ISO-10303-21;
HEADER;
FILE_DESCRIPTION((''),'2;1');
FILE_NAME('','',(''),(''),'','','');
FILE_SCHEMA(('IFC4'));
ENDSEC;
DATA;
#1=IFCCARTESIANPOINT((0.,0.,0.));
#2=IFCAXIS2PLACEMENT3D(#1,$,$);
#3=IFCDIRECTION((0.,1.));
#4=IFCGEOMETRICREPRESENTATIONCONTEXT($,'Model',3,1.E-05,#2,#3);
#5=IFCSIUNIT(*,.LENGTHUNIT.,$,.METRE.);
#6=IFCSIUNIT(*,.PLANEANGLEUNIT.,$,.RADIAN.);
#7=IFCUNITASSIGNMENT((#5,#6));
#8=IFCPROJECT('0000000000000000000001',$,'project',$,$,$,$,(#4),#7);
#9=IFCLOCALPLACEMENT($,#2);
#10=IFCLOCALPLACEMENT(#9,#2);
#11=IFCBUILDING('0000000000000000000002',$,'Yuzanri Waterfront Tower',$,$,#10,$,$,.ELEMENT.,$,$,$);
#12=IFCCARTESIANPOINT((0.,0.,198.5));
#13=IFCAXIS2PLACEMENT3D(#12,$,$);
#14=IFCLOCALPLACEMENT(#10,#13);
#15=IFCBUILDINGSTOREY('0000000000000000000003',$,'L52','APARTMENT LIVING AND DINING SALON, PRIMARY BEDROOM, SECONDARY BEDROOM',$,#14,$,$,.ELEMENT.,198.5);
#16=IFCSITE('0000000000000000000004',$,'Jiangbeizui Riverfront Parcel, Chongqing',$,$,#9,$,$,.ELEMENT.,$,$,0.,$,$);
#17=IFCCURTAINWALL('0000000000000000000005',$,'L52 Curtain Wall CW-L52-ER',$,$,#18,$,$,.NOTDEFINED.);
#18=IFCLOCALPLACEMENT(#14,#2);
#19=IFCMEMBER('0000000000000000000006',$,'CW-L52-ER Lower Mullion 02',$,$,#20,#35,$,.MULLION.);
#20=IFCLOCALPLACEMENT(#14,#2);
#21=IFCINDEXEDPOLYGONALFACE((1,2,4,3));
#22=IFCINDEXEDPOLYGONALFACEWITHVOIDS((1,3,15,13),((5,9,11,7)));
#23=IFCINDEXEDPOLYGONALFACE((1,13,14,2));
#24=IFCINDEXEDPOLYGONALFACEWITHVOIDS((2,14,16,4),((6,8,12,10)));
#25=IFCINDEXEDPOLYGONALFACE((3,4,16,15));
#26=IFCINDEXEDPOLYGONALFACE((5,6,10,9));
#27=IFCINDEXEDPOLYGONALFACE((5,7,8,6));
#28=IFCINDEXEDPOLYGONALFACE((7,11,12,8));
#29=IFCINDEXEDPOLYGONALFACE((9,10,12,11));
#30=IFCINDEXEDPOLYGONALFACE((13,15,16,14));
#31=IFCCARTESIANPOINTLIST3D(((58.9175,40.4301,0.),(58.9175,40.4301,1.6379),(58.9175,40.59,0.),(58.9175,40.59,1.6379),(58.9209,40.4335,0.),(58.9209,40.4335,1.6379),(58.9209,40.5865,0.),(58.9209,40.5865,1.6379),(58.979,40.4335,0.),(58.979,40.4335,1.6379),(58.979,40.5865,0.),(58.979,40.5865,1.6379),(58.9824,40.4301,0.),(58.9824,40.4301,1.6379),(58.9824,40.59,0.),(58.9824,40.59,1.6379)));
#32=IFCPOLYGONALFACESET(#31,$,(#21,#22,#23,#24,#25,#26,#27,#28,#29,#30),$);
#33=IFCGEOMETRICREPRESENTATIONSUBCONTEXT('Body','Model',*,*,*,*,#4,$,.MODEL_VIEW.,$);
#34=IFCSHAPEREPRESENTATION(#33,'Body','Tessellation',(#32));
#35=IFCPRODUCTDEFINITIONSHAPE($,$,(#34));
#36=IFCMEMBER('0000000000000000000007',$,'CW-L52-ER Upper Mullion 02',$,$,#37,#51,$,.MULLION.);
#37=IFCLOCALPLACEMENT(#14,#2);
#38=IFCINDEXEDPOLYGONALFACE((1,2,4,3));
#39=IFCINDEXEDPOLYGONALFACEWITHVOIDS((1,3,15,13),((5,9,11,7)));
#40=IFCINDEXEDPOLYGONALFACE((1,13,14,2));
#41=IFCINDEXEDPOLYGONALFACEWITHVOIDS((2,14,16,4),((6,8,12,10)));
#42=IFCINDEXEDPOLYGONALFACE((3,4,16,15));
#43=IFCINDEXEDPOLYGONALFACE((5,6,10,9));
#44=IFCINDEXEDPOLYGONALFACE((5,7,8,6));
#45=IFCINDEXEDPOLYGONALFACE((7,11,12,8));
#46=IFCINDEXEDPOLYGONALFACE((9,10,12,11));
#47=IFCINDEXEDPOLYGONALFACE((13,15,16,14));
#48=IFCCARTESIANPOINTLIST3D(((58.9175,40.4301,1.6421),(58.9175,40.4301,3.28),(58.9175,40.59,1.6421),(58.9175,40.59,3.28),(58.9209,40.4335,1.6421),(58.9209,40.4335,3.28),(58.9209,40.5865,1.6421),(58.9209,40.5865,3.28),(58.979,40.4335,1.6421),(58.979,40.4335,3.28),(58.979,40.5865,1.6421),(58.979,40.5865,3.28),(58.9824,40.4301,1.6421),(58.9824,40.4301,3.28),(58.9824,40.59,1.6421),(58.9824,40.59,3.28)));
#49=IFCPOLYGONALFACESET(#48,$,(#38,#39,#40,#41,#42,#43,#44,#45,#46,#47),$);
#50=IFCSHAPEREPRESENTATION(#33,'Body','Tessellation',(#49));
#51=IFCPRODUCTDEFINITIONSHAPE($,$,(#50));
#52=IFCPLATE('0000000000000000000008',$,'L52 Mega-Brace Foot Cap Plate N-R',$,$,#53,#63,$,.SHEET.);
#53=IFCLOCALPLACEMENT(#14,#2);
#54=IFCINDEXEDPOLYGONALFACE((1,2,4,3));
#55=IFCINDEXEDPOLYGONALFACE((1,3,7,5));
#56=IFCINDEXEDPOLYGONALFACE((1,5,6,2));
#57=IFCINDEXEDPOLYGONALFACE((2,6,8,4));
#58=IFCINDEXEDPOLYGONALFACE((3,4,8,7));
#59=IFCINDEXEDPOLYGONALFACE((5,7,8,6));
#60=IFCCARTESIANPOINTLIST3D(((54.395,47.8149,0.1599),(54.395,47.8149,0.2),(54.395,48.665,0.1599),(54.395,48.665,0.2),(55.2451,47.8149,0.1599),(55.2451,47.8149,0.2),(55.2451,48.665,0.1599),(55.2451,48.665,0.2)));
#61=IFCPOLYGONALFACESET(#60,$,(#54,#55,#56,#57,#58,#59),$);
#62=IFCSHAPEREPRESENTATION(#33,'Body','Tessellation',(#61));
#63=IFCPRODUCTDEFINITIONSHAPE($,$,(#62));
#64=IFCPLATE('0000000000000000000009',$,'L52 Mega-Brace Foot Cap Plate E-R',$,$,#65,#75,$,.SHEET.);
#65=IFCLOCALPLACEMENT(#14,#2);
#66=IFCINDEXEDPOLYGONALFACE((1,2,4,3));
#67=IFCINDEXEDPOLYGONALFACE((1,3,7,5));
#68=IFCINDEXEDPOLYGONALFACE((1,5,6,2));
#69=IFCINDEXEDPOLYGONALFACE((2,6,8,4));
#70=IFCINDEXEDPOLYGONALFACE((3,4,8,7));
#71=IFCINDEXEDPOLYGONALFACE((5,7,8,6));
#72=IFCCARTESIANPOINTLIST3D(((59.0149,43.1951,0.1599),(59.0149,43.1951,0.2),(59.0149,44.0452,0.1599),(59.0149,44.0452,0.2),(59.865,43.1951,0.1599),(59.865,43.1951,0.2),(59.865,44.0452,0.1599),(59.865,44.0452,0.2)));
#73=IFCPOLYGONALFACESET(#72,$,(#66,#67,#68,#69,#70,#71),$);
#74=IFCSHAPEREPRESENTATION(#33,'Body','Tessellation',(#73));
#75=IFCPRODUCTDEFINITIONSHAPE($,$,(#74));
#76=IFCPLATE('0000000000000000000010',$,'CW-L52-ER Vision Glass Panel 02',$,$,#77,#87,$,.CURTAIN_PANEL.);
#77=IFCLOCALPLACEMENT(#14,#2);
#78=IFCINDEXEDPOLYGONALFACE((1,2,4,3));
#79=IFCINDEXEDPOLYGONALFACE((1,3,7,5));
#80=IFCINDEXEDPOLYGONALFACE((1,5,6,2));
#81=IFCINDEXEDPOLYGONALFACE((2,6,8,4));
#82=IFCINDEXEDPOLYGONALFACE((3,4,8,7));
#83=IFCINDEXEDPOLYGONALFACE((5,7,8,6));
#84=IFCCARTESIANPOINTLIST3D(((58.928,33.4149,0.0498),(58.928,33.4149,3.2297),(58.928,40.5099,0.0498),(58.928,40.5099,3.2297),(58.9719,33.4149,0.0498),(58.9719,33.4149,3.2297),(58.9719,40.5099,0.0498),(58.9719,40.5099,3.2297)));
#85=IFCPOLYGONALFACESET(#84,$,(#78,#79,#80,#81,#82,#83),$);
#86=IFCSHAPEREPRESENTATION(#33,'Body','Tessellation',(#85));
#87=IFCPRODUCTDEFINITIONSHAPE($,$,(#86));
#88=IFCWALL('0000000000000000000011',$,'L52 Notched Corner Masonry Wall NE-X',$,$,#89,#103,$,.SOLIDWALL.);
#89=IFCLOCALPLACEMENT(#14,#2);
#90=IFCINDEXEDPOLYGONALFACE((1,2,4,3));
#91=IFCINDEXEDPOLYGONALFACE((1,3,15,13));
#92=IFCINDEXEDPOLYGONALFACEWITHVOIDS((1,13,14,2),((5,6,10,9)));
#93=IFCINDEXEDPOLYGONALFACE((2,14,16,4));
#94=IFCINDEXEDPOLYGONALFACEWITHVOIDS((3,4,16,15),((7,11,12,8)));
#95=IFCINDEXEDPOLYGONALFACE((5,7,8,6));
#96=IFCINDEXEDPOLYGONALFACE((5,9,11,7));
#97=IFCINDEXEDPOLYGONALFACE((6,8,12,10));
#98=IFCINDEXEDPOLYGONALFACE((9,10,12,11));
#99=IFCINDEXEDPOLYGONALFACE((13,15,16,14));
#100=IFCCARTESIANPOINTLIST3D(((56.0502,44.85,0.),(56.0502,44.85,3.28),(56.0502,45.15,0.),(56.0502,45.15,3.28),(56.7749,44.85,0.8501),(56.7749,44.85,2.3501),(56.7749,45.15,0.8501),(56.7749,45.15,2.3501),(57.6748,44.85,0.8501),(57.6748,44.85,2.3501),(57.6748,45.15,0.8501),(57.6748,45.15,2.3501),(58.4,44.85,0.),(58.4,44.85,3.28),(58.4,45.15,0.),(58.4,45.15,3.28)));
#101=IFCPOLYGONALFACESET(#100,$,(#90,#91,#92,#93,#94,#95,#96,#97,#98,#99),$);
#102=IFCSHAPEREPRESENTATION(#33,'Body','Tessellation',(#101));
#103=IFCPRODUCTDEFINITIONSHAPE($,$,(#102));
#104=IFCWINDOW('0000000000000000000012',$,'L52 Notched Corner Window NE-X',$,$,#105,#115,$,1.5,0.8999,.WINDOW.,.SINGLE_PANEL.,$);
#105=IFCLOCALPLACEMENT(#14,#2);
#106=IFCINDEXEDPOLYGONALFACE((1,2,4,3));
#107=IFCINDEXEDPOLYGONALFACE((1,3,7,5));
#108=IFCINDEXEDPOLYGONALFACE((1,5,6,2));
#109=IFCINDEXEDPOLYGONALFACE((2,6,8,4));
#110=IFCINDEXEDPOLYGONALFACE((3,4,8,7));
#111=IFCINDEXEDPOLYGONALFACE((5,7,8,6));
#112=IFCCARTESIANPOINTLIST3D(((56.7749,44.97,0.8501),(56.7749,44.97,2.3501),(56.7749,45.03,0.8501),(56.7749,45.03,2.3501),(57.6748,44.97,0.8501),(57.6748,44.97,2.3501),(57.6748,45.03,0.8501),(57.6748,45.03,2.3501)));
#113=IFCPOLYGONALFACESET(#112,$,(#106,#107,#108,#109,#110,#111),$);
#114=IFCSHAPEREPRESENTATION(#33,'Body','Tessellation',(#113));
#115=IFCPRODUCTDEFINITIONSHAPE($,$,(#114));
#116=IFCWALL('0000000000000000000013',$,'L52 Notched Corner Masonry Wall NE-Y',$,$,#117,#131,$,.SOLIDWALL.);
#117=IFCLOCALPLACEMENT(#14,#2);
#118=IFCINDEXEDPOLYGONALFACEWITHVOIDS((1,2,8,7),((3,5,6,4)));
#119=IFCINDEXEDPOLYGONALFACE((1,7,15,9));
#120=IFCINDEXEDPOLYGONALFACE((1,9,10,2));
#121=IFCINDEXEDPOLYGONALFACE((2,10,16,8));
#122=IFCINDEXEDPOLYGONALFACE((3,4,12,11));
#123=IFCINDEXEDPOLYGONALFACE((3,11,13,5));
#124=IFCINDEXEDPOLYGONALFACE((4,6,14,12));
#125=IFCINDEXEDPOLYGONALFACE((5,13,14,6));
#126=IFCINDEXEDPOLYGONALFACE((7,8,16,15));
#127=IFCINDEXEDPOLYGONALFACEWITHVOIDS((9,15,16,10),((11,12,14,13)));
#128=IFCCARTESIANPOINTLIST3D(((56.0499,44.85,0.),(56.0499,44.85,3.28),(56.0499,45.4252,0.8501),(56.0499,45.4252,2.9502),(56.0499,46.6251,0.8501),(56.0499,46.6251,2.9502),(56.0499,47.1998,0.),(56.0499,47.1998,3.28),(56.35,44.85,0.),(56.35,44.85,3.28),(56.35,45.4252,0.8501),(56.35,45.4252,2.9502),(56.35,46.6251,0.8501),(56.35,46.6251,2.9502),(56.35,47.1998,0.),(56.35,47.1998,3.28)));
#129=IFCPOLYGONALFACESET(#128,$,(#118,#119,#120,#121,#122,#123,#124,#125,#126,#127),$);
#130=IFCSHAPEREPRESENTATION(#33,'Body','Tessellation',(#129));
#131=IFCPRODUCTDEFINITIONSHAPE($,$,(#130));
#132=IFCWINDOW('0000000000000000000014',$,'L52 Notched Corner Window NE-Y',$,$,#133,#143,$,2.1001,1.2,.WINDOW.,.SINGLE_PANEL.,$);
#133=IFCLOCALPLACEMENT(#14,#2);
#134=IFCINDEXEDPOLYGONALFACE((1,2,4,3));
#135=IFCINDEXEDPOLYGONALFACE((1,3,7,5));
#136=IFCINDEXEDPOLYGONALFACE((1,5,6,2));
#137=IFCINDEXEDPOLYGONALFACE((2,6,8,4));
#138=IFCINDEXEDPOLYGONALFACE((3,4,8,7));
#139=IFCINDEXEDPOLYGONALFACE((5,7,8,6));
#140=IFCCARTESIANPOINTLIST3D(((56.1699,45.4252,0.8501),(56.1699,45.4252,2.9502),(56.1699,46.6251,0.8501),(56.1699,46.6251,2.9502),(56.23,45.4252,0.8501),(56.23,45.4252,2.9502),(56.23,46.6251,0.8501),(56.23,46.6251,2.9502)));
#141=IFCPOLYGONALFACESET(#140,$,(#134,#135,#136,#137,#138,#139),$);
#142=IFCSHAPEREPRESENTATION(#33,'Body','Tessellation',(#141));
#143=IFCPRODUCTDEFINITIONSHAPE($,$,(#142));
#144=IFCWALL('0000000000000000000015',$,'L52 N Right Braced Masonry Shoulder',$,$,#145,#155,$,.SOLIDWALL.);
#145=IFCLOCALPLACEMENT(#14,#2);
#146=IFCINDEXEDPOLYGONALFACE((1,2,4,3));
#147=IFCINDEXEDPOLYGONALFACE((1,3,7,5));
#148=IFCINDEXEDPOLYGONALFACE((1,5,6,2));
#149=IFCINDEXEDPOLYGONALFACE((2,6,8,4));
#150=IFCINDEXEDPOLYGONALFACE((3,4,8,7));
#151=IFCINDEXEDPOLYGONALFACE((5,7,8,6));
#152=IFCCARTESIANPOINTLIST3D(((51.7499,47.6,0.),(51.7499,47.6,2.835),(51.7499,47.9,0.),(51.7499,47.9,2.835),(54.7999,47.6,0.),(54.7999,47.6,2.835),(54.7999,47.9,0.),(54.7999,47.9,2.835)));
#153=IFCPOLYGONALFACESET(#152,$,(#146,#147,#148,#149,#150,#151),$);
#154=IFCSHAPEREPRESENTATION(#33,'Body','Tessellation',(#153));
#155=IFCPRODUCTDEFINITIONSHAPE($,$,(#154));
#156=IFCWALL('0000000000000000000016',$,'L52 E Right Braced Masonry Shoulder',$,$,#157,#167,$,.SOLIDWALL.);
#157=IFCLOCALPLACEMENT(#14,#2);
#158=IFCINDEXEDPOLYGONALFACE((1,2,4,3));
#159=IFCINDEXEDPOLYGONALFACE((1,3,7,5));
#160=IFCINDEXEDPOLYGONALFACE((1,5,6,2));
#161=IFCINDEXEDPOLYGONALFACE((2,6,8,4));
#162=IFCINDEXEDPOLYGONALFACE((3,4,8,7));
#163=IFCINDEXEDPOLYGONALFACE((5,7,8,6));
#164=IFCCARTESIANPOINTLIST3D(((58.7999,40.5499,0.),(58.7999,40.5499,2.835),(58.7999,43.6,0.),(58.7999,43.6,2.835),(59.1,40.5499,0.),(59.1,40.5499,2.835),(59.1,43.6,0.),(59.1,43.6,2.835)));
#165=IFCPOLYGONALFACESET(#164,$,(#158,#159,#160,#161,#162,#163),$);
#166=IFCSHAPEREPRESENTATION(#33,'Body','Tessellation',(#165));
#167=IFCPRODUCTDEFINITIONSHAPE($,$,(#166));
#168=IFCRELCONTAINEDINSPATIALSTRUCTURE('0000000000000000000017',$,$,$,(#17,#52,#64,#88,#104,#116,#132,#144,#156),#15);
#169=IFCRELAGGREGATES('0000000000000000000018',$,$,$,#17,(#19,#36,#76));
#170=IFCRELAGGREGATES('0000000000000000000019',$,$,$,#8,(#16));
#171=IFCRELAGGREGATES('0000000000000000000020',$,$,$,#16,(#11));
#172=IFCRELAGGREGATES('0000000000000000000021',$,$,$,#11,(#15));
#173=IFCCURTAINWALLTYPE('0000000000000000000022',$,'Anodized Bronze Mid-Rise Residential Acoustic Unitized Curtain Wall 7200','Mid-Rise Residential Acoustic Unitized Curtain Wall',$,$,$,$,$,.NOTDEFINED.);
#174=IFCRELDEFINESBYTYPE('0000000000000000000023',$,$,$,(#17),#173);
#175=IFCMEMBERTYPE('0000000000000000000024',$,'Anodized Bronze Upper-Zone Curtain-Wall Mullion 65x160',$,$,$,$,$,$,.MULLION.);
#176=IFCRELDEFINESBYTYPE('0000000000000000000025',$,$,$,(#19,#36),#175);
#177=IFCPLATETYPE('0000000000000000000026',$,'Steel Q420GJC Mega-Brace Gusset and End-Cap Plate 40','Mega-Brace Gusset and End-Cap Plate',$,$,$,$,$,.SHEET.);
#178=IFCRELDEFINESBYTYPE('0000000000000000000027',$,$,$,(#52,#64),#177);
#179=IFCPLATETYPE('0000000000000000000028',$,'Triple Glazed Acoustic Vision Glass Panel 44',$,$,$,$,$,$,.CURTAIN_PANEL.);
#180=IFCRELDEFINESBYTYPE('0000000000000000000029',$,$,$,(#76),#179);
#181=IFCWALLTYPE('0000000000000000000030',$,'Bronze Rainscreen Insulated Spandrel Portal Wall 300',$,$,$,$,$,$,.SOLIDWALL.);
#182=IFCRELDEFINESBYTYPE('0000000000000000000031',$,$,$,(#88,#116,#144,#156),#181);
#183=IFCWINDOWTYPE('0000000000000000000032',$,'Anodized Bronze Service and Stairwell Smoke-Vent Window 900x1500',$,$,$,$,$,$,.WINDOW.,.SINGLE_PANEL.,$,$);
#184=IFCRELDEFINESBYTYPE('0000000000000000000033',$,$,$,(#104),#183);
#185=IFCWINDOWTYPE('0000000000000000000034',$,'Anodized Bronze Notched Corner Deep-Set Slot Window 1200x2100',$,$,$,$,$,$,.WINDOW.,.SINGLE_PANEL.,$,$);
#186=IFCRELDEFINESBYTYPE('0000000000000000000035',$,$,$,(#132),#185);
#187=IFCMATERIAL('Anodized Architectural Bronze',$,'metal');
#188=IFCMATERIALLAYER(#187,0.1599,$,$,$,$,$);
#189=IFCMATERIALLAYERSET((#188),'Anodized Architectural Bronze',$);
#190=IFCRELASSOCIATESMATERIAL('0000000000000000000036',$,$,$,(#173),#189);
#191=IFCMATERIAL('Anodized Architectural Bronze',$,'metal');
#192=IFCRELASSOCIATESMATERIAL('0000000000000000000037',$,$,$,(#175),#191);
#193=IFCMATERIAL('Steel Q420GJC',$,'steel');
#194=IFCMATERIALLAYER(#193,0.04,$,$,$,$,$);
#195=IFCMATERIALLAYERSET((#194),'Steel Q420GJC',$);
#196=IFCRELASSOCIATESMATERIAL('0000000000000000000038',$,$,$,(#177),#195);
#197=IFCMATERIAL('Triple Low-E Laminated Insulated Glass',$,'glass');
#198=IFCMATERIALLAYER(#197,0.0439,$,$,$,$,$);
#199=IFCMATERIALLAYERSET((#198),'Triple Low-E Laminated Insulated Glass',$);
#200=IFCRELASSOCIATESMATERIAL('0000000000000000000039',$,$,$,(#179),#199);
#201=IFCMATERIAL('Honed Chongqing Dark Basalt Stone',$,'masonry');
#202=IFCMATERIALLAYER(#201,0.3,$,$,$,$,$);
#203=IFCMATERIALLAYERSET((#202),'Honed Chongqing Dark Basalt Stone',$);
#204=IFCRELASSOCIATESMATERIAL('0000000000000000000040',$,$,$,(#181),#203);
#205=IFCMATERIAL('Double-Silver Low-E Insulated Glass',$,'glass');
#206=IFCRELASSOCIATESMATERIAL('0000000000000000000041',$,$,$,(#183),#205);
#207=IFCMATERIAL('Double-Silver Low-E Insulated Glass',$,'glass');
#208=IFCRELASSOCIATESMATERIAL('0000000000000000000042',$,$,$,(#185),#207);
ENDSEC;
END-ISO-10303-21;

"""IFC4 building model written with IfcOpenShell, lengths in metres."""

from ifc_helpers import new_model, si_unit, direction, frame, frame_2d, origin, origin_2d, place, context, subcontext, project, spatial, rectangle, hollow_rectangle, extrude, source, transform, mapped, material, layer, layer_set, material_profile, profile_set, type_object, element, fill, aggregate, save


model = new_model("IFC4")

# Units and contexts
model_context = context("Model", 3, precision=1e-05, world=origin(), true_north=direction((0.0, 1.0)))
body_context = subcontext(model_context, "Body", "Model", "MODEL_VIEW")
ifc_project = project(units=[si_unit("LENGTHUNIT", "METRE"), si_unit("PLANEANGLEUNIT", "RADIAN")], contexts=[model_context])

# Site, building, storey
site_placement = place(None, origin())
site = spatial("IfcSite", under=ifc_project, at=site_placement, Name="Jiangbeizui Riverfront Parcel, Chongqing", CompositionType="ELEMENT", RefElevation=0.0)
building_placement = place(site_placement, origin())
building = spatial("IfcBuilding", under=site, at=building_placement, Name="Yuzanri Waterfront Tower", CompositionType="ELEMENT")
storey_placement = place(building_placement, frame((0.0, 0.0, 198.5)))
storey = spatial("IfcBuildingStorey", under=building, at=storey_placement, Name="L52", Description="APARTMENT LIVING AND DINING SALON, PRIMARY BEDROOM, SECONDARY BEDROOM", CompositionType="ELEMENT", Elevation=198.5)

# Curtain wall, members
ifc_material_1 = material(Name="Anodized Architectural Bronze", Category="metal")
ifc_layer_1 = layer(ifc_material_1, 0.1599)
ifc_layer_set_1 = layer_set([ifc_layer_1], Name="Anodized Architectural Bronze")
curtain_wall_type = type_object("IfcCurtainWallType", Name="Anodized Bronze Mid-Rise Residential Acoustic Unitized Curtain Wall 7200", Description="Mid-Rise Residential Acoustic Unitized Curtain Wall", PredefinedType="NOTDEFINED", material=ifc_layer_set_1)
ifc_material_2 = material(Name="Anodized Architectural Bronze", Category="metal")
ifc_material_profile_1 = material_profile(ifc_material_2, hollow_rectangle(XDim=0.0649, YDim=0.1599, WallThickness=0.0034, at=origin_2d()), Name="CWM 65x160")
ifc_profile_set_1 = profile_set([ifc_material_profile_1], Name="Anodized Architectural Bronze")
member_type_1 = type_object("IfcMemberType", Name="Anodized Bronze Upper-Zone Curtain-Wall Mullion 65x160", PredefinedType="MULLION", material=ifc_profile_set_1)
shared_shape_1 = source(origin(), body_context, "Body", "SweptSolid", [
    extrude(hollow_rectangle(XDim=0.0649, YDim=0.1599, WallThickness=0.0034, at=origin_2d()), origin(), (0.0, 0.0, 1.0), 1.6379),
])
curtain_wall_1_placement = place(storey_placement, origin())
curtain_wall_1 = element("IfcCurtainWall", 1, at=curtain_wall_1_placement, inside=storey, type_object=curtain_wall_type, Name="L52 Curtain Wall CW-L52-ER", PredefinedType="NOTDEFINED")
member_1_placement = place(storey_placement, frame((58.95, 40.51, 0.0), z_axis=(0.0, 0.0, 1.0), x_axis=(1.0, 0.0, 0.0)))
member_1 = element("IfcMember", 2, at=member_1_placement, type_object=member_type_1, Name="CW-L52-ER Lower Mullion 02", PredefinedType="MULLION", context=body_context, shape_type="MappedRepresentation", body=[
    mapped(shared_shape_1, transform((0.0, 0.0, 0.0), scale=1.0)),
])
member_2_placement = place(storey_placement, frame((58.95, 40.51, 1.6421), z_axis=(0.0, 0.0, 1.0), x_axis=(1.0, 0.0, 0.0)))
member_2 = element("IfcMember", 3, at=member_2_placement, type_object=member_type_1, Name="CW-L52-ER Upper Mullion 02", PredefinedType="MULLION", context=body_context, shape_type="MappedRepresentation", body=[
    mapped(shared_shape_1, transform((0.0, 0.0, 0.0), scale=1.0)),
])

# Plates
ifc_material_3 = material(Name="Steel Q420GJC", Category="steel")
ifc_layer_2 = layer(ifc_material_3, 0.04)
ifc_layer_set_2 = layer_set([ifc_layer_2], Name="Steel Q420GJC")
plate_type_1 = type_object("IfcPlateType", Name="Steel Q420GJC Mega-Brace Gusset and End-Cap Plate 40", Description="Mega-Brace Gusset and End-Cap Plate", PredefinedType="SHEET", material=ifc_layer_set_2)
shared_shape_2 = source(origin(), body_context, "Body", "SweptSolid", [
    extrude(rectangle(XDim=0.8501, YDim=0.8501, at=origin_2d()), origin(), (0.0, 0.0, 1.0), 0.04),
])
for number, where, z_axis, x_axis, name in (
    (4, (54.8201, 48.24, 0.1599), (0.0, 0.0, 1.0), (1.0, 0.0, 0.0), "L52 Mega-Brace Foot Cap Plate N-R"),
    (5, (59.4399, 43.6201, 0.1599), (0.0, 0.0, 1.0), (1.0, 0.0, 0.0), "L52 Mega-Brace Foot Cap Plate E-R"),
):
    element("IfcPlate", number, at=place(storey_placement, frame(where, z_axis=z_axis, x_axis=x_axis)), inside=storey, type_object=plate_type_1, Name=name, PredefinedType="SHEET", context=body_context, shape_type="MappedRepresentation", body=[
        mapped(shared_shape_2, transform((0.0, 0.0, 0.0), scale=1.0)),
    ])

# Plate
ifc_material_4 = material(Name="Triple Low-E Laminated Insulated Glass", Category="glass")
ifc_layer_3 = layer(ifc_material_4, 0.0439)
ifc_layer_set_3 = layer_set([ifc_layer_3], Name="Triple Low-E Laminated Insulated Glass")
plate_type_2 = type_object("IfcPlateType", Name="Triple Glazed Acoustic Vision Glass Panel 44", PredefinedType="CURTAIN_PANEL", material=ifc_layer_set_3)
shared_shape_3 = source(origin(), body_context, "Body", "SweptSolid", [
    extrude(rectangle(XDim=7.095, YDim=0.0439, at=origin_2d()), origin(), (0.0, 0.0, 1.0), 3.1799),
])
plate_placement = place(storey_placement, frame((58.95, 36.9624, 0.0498), z_axis=(0.0, 0.0, 1.0), x_axis=(0.0, 1.0, 0.0)))
plate = element("IfcPlate", 6, at=plate_placement, type_object=plate_type_2, Name="CW-L52-ER Vision Glass Panel 02", PredefinedType="CURTAIN_PANEL", context=body_context, shape_type="MappedRepresentation", body=[
    mapped(shared_shape_3, transform((0.0, 0.0, 0.0), scale=1.0)),
])
aggregate(curtain_wall_1, [member_1, member_2, plate])

# Walls, openings, windows
ifc_material_5 = material(Name="Honed Chongqing Dark Basalt Stone", Category="masonry")
ifc_layer_4 = layer(ifc_material_5, 0.3)
ifc_layer_set_4 = layer_set([ifc_layer_4], Name="Honed Chongqing Dark Basalt Stone")
wall_type_1 = type_object("IfcWallType", Name="Bronze Rainscreen Insulated Spandrel Portal Wall 300", PredefinedType="SOLIDWALL", material=ifc_layer_set_4)
wall_1_placement = place(storey_placement, frame((58.3999, 45.0, 0.0), z_axis=(0.0, 0.0, 1.0), x_axis=(-1.0, 0.0, 0.0)))
wall_1 = element("IfcWall", 7, at=wall_1_placement, inside=storey, type_object=wall_type_1, Name="L52 Notched Corner Masonry Wall NE-X", PredefinedType="SOLIDWALL", context=body_context, shape_type="SweptSolid", body=[
    extrude(rectangle(XDim=2.3499, YDim=0.3, at=frame_2d((1.1748, 0.0))), origin(), (0.0, 0.0, 1.0), 3.28),
])
opening_1_placement = place(wall_1_placement, frame((0.7251, 0.0, 0.8501)))
opening_1 = element("IfcOpeningElement", 8, at=opening_1_placement, cuts=wall_1, PredefinedType="OPENING", context=body_context, shape_type="SweptSolid", body=[
    extrude(rectangle(XDim=0.8999, YDim=1.5, at=frame_2d((0.45, 0.75))), frame((0.0, 0.165, 0.0), z_axis=(0.0, -1.0, 0.0), x_axis=(1.0, 0.0, 0.0)), (0.0, 0.0, 1.0), 0.3298),
])
ifc_material_6 = material(Name="Double-Silver Low-E Insulated Glass", Category="glass")
window_type_1 = type_object("IfcWindowType", Name="Anodized Bronze Service and Stairwell Smoke-Vent Window 900x1500", PartitioningType="SINGLE_PANEL", PredefinedType="WINDOW", material=ifc_material_6)
shared_shape_4 = source(origin(), body_context, "Body", "SweptSolid", [
    extrude(rectangle(XDim=0.8999, YDim=1.5, at=frame_2d((0.45, 0.75))), frame((0.0, 0.03, 0.0), z_axis=(0.0, -1.0, 0.0), x_axis=(1.0, 0.0, 0.0)), (0.0, 0.0, 1.0), 0.0601),
])
window_1_placement = place(opening_1_placement, origin())
window_1 = element("IfcWindow", 9, at=window_1_placement, inside=storey, type_object=window_type_1, Name="L52 Notched Corner Window NE-X", OverallHeight=1.5, OverallWidth=0.8999, PartitioningType="SINGLE_PANEL", PredefinedType="WINDOW", context=body_context, shape_type="MappedRepresentation", body=[
    mapped(shared_shape_4, transform((0.0, 0.0, 0.0), scale=1.0)),
])
fill(opening_1, window_1)
wall_2_placement = place(storey_placement, frame((56.2, 44.8501, 0.0), z_axis=(0.0, 0.0, 1.0), x_axis=(0.0, 1.0, 0.0)))
wall_2 = element("IfcWall", 10, at=wall_2_placement, inside=storey, type_object=wall_type_1, Name="L52 Notched Corner Masonry Wall NE-Y", PredefinedType="SOLIDWALL", context=body_context, shape_type="SweptSolid", body=[
    extrude(rectangle(XDim=2.3499, YDim=0.3, at=frame_2d((1.1748, 0.0))), origin(), (0.0, 0.0, 1.0), 3.28),
])
opening_2_placement = place(wall_2_placement, frame((0.575, 0.0, 0.8501)))
opening_2 = element("IfcOpeningElement", 11, at=opening_2_placement, cuts=wall_2, PredefinedType="OPENING", context=body_context, shape_type="SweptSolid", body=[
    extrude(rectangle(XDim=1.2, YDim=2.1001, at=frame_2d((0.6001, 1.05))), frame((0.0, 0.165, 0.0), z_axis=(0.0, -1.0, 0.0), x_axis=(1.0, 0.0, 0.0)), (0.0, 0.0, 1.0), 0.3298),
])
ifc_material_7 = material(Name="Double-Silver Low-E Insulated Glass", Category="glass")
window_type_2 = type_object("IfcWindowType", Name="Anodized Bronze Notched Corner Deep-Set Slot Window 1200x2100", PartitioningType="SINGLE_PANEL", PredefinedType="WINDOW", material=ifc_material_7)
shared_shape_5 = source(origin(), body_context, "Body", "SweptSolid", [
    extrude(rectangle(XDim=1.2, YDim=2.1001, at=frame_2d((0.6001, 1.05))), frame((0.0, 0.03, 0.0), z_axis=(0.0, -1.0, 0.0), x_axis=(1.0, 0.0, 0.0)), (0.0, 0.0, 1.0), 0.0601),
])
window_2_placement = place(opening_2_placement, origin())
window_2 = element("IfcWindow", 12, at=window_2_placement, inside=storey, type_object=window_type_2, Name="L52 Notched Corner Window NE-Y", OverallHeight=2.1001, OverallWidth=1.2, PartitioningType="SINGLE_PANEL", PredefinedType="WINDOW", context=body_context, shape_type="MappedRepresentation", body=[
    mapped(shared_shape_5, transform((0.0, 0.0, 0.0), scale=1.0)),
])
fill(opening_2, window_2)

# Walls
shared_shape_6 = source(origin(), body_context, "Body", "SweptSolid", [
    extrude(rectangle(XDim=3.05, YDim=0.3, at=frame_2d((1.5249, 0.0))), origin(), (0.0, 0.0, 1.0), 2.835),
])
for number, where, z_axis, x_axis, name in (
    (13, (51.75, 47.75, 0.0), (0.0, 0.0, 1.0), (1.0, 0.0, 0.0), "L52 N Right Braced Masonry Shoulder"),
    (14, (58.95, 40.55, 0.0), (0.0, 0.0, 1.0), (0.0, 1.0, 0.0), "L52 E Right Braced Masonry Shoulder"),
):
    element("IfcWall", number, at=place(storey_placement, frame(where, z_axis=z_axis, x_axis=x_axis)), inside=storey, type_object=wall_type_1, Name=name, PredefinedType="SOLIDWALL", context=body_context, shape_type="MappedRepresentation", body=[
        mapped(shared_shape_6, transform((0.0, 0.0, 0.0), scale=1.0)),
    ])

save(model, "model.ifc")
